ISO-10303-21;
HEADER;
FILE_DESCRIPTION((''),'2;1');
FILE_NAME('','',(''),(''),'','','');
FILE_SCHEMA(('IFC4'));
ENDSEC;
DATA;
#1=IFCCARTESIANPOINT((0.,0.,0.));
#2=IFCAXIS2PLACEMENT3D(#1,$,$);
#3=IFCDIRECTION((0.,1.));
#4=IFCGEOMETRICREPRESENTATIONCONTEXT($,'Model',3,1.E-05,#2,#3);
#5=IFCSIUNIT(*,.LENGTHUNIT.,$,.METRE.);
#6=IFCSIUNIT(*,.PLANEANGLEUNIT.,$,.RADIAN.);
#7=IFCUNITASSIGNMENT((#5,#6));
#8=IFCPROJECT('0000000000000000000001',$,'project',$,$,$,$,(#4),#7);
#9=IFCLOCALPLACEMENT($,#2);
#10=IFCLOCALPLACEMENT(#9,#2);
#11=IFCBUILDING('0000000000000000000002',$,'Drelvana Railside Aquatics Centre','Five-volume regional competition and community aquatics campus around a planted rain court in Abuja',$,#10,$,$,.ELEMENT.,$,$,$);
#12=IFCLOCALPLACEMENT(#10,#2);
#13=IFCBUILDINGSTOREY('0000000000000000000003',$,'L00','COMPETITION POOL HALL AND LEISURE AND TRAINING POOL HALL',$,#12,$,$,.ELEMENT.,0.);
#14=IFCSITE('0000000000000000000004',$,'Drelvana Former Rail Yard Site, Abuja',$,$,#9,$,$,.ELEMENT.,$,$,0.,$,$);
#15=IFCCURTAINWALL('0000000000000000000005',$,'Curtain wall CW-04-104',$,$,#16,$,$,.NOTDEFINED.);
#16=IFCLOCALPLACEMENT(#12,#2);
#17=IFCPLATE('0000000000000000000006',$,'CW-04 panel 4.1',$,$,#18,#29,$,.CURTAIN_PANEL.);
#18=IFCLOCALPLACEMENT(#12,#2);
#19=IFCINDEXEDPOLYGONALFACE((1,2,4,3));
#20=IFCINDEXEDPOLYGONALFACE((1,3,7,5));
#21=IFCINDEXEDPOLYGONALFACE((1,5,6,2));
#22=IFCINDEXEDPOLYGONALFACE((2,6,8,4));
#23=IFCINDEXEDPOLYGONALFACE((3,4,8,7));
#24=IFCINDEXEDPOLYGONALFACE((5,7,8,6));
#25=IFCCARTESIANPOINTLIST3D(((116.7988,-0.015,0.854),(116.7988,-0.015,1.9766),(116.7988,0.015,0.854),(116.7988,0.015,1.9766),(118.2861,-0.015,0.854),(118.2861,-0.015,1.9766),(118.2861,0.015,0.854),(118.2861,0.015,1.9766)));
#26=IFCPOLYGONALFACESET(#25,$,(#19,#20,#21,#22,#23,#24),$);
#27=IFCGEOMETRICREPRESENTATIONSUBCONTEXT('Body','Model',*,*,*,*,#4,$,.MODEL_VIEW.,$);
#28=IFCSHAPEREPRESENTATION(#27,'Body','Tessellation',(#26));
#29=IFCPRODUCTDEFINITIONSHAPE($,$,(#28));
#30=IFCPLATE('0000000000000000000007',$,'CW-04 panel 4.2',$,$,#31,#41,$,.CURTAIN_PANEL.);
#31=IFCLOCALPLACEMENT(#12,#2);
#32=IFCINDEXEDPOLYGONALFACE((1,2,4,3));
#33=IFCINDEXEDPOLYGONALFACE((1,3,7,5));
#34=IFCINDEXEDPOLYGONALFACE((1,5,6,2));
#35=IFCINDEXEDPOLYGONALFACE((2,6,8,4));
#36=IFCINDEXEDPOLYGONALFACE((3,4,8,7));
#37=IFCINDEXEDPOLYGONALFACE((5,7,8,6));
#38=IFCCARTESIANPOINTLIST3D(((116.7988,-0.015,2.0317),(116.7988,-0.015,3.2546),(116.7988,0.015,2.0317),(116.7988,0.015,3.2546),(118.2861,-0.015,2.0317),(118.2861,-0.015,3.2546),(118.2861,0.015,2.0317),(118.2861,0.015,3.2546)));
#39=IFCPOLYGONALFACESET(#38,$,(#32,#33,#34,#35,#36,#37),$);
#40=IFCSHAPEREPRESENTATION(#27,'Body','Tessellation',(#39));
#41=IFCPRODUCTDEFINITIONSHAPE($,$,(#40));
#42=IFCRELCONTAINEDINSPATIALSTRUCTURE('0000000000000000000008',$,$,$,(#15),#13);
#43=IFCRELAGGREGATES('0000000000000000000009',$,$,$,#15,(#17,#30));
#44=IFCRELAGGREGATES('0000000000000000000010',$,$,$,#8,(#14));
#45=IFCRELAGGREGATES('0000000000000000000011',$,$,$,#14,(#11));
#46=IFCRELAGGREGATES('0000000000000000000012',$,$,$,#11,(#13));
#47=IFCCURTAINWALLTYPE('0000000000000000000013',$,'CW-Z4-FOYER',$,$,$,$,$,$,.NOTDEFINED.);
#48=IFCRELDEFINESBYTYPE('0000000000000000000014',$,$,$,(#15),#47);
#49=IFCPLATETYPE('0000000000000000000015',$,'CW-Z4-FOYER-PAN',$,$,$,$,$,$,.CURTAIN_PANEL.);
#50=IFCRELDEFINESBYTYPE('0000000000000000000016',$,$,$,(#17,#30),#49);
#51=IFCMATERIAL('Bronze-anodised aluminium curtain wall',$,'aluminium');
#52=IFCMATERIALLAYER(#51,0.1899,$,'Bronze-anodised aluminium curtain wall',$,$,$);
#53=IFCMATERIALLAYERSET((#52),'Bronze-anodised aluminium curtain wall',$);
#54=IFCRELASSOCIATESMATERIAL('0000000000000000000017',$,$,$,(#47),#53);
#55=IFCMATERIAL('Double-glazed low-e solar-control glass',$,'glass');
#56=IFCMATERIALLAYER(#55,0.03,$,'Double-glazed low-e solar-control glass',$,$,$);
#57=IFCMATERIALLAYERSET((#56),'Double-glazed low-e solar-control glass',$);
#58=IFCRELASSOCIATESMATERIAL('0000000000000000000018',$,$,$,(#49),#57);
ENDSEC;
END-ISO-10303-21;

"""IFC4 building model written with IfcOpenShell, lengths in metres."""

from ifc_helpers import new_model, si_unit, direction, frame, origin, origin_2d, place, context, subcontext, project, spatial, rectangle, extrude, material, layer, layer_set, type_object, element, aggregate, save


model = new_model("IFC4")

# Units and contexts
model_context = context("Model", 3, precision=1e-05, world=origin(), true_north=direction((0.0, 1.0)))
body_context = subcontext(model_context, "Body", "Model", "MODEL_VIEW")
ifc_project = project(units=[si_unit("LENGTHUNIT", "METRE"), si_unit("PLANEANGLEUNIT", "RADIAN")], contexts=[model_context])

# Site, building, storey
site_placement = place(None, origin())
site = spatial("IfcSite", under=ifc_project, at=site_placement, Name="Drelvana Former Rail Yard Site, Abuja", CompositionType="ELEMENT", RefElevation=0.0)
building_placement = place(site_placement, origin())
building = spatial("IfcBuilding", under=site, at=building_placement, Name="Drelvana Railside Aquatics Centre", Description="Five-volume regional competition and community aquatics campus around a planted rain court in Abuja", CompositionType="ELEMENT")
storey_placement = place(building_placement, origin())
storey = spatial("IfcBuildingStorey", under=building, at=storey_placement, Name="L00", Description="COMPETITION POOL HALL AND LEISURE AND TRAINING POOL HALL", CompositionType="ELEMENT", Elevation=0.0)

# Curtain wall
ifc_material_1 = material(Name="Bronze-anodised aluminium curtain wall", Category="aluminium")
ifc_layer_1 = layer(ifc_material_1, 0.1899, Name="Bronze-anodised aluminium curtain wall")
ifc_layer_set_1 = layer_set([ifc_layer_1], Name="Bronze-anodised aluminium curtain wall")
curtain_wall_type = type_object("IfcCurtainWallType", Name="CW-Z4-FOYER", PredefinedType="NOTDEFINED", material=ifc_layer_set_1)
curtain_wall_placement = place(storey_placement, origin())
curtain_wall = element("IfcCurtainWall", 1, at=curtain_wall_placement, inside=storey, type_object=curtain_wall_type, Name="Curtain wall CW-04-104", PredefinedType="NOTDEFINED")

# Plates
ifc_material_2 = material(Name="Double-glazed low-e solar-control glass", Category="glass")
ifc_layer_2 = layer(ifc_material_2, 0.03, Name="Double-glazed low-e solar-control glass")
ifc_layer_set_2 = layer_set([ifc_layer_2], Name="Double-glazed low-e solar-control glass")
plate_type = type_object("IfcPlateType", Name="CW-Z4-FOYER-PAN", PredefinedType="CURTAIN_PANEL", material=ifc_layer_set_2)
plate_1_placement = place(storey_placement, frame((117.5425, 0.0, 0.854), z_axis=(0.0, 0.0, 1.0), x_axis=(1.0, 0.0, 0.0)))
plate_1 = element("IfcPlate", 2, at=plate_1_placement, type_object=plate_type, Name="CW-04 panel 4.1", PredefinedType="CURTAIN_PANEL", context=body_context, shape_type="SweptSolid", body=[
    extrude(rectangle(XDim=1.4873, YDim=0.03, at=origin_2d()), origin(), (0.0, 0.0, 1.0), 1.1226),
])
plate_2_placement = place(storey_placement, frame((117.5425, 0.0, 2.0317), z_axis=(0.0, 0.0, 1.0), x_axis=(1.0, 0.0, 0.0)))
plate_2 = element("IfcPlate", 3, at=plate_2_placement, type_object=plate_type, Name="CW-04 panel 4.2", PredefinedType="CURTAIN_PANEL", context=body_context, shape_type="SweptSolid", body=[
    extrude(rectangle(XDim=1.4873, YDim=0.03, at=origin_2d()), origin(), (0.0, 0.0, 1.0), 1.2229),
])
aggregate(curtain_wall, [plate_1, plate_2])

save(model, "model.ifc")
